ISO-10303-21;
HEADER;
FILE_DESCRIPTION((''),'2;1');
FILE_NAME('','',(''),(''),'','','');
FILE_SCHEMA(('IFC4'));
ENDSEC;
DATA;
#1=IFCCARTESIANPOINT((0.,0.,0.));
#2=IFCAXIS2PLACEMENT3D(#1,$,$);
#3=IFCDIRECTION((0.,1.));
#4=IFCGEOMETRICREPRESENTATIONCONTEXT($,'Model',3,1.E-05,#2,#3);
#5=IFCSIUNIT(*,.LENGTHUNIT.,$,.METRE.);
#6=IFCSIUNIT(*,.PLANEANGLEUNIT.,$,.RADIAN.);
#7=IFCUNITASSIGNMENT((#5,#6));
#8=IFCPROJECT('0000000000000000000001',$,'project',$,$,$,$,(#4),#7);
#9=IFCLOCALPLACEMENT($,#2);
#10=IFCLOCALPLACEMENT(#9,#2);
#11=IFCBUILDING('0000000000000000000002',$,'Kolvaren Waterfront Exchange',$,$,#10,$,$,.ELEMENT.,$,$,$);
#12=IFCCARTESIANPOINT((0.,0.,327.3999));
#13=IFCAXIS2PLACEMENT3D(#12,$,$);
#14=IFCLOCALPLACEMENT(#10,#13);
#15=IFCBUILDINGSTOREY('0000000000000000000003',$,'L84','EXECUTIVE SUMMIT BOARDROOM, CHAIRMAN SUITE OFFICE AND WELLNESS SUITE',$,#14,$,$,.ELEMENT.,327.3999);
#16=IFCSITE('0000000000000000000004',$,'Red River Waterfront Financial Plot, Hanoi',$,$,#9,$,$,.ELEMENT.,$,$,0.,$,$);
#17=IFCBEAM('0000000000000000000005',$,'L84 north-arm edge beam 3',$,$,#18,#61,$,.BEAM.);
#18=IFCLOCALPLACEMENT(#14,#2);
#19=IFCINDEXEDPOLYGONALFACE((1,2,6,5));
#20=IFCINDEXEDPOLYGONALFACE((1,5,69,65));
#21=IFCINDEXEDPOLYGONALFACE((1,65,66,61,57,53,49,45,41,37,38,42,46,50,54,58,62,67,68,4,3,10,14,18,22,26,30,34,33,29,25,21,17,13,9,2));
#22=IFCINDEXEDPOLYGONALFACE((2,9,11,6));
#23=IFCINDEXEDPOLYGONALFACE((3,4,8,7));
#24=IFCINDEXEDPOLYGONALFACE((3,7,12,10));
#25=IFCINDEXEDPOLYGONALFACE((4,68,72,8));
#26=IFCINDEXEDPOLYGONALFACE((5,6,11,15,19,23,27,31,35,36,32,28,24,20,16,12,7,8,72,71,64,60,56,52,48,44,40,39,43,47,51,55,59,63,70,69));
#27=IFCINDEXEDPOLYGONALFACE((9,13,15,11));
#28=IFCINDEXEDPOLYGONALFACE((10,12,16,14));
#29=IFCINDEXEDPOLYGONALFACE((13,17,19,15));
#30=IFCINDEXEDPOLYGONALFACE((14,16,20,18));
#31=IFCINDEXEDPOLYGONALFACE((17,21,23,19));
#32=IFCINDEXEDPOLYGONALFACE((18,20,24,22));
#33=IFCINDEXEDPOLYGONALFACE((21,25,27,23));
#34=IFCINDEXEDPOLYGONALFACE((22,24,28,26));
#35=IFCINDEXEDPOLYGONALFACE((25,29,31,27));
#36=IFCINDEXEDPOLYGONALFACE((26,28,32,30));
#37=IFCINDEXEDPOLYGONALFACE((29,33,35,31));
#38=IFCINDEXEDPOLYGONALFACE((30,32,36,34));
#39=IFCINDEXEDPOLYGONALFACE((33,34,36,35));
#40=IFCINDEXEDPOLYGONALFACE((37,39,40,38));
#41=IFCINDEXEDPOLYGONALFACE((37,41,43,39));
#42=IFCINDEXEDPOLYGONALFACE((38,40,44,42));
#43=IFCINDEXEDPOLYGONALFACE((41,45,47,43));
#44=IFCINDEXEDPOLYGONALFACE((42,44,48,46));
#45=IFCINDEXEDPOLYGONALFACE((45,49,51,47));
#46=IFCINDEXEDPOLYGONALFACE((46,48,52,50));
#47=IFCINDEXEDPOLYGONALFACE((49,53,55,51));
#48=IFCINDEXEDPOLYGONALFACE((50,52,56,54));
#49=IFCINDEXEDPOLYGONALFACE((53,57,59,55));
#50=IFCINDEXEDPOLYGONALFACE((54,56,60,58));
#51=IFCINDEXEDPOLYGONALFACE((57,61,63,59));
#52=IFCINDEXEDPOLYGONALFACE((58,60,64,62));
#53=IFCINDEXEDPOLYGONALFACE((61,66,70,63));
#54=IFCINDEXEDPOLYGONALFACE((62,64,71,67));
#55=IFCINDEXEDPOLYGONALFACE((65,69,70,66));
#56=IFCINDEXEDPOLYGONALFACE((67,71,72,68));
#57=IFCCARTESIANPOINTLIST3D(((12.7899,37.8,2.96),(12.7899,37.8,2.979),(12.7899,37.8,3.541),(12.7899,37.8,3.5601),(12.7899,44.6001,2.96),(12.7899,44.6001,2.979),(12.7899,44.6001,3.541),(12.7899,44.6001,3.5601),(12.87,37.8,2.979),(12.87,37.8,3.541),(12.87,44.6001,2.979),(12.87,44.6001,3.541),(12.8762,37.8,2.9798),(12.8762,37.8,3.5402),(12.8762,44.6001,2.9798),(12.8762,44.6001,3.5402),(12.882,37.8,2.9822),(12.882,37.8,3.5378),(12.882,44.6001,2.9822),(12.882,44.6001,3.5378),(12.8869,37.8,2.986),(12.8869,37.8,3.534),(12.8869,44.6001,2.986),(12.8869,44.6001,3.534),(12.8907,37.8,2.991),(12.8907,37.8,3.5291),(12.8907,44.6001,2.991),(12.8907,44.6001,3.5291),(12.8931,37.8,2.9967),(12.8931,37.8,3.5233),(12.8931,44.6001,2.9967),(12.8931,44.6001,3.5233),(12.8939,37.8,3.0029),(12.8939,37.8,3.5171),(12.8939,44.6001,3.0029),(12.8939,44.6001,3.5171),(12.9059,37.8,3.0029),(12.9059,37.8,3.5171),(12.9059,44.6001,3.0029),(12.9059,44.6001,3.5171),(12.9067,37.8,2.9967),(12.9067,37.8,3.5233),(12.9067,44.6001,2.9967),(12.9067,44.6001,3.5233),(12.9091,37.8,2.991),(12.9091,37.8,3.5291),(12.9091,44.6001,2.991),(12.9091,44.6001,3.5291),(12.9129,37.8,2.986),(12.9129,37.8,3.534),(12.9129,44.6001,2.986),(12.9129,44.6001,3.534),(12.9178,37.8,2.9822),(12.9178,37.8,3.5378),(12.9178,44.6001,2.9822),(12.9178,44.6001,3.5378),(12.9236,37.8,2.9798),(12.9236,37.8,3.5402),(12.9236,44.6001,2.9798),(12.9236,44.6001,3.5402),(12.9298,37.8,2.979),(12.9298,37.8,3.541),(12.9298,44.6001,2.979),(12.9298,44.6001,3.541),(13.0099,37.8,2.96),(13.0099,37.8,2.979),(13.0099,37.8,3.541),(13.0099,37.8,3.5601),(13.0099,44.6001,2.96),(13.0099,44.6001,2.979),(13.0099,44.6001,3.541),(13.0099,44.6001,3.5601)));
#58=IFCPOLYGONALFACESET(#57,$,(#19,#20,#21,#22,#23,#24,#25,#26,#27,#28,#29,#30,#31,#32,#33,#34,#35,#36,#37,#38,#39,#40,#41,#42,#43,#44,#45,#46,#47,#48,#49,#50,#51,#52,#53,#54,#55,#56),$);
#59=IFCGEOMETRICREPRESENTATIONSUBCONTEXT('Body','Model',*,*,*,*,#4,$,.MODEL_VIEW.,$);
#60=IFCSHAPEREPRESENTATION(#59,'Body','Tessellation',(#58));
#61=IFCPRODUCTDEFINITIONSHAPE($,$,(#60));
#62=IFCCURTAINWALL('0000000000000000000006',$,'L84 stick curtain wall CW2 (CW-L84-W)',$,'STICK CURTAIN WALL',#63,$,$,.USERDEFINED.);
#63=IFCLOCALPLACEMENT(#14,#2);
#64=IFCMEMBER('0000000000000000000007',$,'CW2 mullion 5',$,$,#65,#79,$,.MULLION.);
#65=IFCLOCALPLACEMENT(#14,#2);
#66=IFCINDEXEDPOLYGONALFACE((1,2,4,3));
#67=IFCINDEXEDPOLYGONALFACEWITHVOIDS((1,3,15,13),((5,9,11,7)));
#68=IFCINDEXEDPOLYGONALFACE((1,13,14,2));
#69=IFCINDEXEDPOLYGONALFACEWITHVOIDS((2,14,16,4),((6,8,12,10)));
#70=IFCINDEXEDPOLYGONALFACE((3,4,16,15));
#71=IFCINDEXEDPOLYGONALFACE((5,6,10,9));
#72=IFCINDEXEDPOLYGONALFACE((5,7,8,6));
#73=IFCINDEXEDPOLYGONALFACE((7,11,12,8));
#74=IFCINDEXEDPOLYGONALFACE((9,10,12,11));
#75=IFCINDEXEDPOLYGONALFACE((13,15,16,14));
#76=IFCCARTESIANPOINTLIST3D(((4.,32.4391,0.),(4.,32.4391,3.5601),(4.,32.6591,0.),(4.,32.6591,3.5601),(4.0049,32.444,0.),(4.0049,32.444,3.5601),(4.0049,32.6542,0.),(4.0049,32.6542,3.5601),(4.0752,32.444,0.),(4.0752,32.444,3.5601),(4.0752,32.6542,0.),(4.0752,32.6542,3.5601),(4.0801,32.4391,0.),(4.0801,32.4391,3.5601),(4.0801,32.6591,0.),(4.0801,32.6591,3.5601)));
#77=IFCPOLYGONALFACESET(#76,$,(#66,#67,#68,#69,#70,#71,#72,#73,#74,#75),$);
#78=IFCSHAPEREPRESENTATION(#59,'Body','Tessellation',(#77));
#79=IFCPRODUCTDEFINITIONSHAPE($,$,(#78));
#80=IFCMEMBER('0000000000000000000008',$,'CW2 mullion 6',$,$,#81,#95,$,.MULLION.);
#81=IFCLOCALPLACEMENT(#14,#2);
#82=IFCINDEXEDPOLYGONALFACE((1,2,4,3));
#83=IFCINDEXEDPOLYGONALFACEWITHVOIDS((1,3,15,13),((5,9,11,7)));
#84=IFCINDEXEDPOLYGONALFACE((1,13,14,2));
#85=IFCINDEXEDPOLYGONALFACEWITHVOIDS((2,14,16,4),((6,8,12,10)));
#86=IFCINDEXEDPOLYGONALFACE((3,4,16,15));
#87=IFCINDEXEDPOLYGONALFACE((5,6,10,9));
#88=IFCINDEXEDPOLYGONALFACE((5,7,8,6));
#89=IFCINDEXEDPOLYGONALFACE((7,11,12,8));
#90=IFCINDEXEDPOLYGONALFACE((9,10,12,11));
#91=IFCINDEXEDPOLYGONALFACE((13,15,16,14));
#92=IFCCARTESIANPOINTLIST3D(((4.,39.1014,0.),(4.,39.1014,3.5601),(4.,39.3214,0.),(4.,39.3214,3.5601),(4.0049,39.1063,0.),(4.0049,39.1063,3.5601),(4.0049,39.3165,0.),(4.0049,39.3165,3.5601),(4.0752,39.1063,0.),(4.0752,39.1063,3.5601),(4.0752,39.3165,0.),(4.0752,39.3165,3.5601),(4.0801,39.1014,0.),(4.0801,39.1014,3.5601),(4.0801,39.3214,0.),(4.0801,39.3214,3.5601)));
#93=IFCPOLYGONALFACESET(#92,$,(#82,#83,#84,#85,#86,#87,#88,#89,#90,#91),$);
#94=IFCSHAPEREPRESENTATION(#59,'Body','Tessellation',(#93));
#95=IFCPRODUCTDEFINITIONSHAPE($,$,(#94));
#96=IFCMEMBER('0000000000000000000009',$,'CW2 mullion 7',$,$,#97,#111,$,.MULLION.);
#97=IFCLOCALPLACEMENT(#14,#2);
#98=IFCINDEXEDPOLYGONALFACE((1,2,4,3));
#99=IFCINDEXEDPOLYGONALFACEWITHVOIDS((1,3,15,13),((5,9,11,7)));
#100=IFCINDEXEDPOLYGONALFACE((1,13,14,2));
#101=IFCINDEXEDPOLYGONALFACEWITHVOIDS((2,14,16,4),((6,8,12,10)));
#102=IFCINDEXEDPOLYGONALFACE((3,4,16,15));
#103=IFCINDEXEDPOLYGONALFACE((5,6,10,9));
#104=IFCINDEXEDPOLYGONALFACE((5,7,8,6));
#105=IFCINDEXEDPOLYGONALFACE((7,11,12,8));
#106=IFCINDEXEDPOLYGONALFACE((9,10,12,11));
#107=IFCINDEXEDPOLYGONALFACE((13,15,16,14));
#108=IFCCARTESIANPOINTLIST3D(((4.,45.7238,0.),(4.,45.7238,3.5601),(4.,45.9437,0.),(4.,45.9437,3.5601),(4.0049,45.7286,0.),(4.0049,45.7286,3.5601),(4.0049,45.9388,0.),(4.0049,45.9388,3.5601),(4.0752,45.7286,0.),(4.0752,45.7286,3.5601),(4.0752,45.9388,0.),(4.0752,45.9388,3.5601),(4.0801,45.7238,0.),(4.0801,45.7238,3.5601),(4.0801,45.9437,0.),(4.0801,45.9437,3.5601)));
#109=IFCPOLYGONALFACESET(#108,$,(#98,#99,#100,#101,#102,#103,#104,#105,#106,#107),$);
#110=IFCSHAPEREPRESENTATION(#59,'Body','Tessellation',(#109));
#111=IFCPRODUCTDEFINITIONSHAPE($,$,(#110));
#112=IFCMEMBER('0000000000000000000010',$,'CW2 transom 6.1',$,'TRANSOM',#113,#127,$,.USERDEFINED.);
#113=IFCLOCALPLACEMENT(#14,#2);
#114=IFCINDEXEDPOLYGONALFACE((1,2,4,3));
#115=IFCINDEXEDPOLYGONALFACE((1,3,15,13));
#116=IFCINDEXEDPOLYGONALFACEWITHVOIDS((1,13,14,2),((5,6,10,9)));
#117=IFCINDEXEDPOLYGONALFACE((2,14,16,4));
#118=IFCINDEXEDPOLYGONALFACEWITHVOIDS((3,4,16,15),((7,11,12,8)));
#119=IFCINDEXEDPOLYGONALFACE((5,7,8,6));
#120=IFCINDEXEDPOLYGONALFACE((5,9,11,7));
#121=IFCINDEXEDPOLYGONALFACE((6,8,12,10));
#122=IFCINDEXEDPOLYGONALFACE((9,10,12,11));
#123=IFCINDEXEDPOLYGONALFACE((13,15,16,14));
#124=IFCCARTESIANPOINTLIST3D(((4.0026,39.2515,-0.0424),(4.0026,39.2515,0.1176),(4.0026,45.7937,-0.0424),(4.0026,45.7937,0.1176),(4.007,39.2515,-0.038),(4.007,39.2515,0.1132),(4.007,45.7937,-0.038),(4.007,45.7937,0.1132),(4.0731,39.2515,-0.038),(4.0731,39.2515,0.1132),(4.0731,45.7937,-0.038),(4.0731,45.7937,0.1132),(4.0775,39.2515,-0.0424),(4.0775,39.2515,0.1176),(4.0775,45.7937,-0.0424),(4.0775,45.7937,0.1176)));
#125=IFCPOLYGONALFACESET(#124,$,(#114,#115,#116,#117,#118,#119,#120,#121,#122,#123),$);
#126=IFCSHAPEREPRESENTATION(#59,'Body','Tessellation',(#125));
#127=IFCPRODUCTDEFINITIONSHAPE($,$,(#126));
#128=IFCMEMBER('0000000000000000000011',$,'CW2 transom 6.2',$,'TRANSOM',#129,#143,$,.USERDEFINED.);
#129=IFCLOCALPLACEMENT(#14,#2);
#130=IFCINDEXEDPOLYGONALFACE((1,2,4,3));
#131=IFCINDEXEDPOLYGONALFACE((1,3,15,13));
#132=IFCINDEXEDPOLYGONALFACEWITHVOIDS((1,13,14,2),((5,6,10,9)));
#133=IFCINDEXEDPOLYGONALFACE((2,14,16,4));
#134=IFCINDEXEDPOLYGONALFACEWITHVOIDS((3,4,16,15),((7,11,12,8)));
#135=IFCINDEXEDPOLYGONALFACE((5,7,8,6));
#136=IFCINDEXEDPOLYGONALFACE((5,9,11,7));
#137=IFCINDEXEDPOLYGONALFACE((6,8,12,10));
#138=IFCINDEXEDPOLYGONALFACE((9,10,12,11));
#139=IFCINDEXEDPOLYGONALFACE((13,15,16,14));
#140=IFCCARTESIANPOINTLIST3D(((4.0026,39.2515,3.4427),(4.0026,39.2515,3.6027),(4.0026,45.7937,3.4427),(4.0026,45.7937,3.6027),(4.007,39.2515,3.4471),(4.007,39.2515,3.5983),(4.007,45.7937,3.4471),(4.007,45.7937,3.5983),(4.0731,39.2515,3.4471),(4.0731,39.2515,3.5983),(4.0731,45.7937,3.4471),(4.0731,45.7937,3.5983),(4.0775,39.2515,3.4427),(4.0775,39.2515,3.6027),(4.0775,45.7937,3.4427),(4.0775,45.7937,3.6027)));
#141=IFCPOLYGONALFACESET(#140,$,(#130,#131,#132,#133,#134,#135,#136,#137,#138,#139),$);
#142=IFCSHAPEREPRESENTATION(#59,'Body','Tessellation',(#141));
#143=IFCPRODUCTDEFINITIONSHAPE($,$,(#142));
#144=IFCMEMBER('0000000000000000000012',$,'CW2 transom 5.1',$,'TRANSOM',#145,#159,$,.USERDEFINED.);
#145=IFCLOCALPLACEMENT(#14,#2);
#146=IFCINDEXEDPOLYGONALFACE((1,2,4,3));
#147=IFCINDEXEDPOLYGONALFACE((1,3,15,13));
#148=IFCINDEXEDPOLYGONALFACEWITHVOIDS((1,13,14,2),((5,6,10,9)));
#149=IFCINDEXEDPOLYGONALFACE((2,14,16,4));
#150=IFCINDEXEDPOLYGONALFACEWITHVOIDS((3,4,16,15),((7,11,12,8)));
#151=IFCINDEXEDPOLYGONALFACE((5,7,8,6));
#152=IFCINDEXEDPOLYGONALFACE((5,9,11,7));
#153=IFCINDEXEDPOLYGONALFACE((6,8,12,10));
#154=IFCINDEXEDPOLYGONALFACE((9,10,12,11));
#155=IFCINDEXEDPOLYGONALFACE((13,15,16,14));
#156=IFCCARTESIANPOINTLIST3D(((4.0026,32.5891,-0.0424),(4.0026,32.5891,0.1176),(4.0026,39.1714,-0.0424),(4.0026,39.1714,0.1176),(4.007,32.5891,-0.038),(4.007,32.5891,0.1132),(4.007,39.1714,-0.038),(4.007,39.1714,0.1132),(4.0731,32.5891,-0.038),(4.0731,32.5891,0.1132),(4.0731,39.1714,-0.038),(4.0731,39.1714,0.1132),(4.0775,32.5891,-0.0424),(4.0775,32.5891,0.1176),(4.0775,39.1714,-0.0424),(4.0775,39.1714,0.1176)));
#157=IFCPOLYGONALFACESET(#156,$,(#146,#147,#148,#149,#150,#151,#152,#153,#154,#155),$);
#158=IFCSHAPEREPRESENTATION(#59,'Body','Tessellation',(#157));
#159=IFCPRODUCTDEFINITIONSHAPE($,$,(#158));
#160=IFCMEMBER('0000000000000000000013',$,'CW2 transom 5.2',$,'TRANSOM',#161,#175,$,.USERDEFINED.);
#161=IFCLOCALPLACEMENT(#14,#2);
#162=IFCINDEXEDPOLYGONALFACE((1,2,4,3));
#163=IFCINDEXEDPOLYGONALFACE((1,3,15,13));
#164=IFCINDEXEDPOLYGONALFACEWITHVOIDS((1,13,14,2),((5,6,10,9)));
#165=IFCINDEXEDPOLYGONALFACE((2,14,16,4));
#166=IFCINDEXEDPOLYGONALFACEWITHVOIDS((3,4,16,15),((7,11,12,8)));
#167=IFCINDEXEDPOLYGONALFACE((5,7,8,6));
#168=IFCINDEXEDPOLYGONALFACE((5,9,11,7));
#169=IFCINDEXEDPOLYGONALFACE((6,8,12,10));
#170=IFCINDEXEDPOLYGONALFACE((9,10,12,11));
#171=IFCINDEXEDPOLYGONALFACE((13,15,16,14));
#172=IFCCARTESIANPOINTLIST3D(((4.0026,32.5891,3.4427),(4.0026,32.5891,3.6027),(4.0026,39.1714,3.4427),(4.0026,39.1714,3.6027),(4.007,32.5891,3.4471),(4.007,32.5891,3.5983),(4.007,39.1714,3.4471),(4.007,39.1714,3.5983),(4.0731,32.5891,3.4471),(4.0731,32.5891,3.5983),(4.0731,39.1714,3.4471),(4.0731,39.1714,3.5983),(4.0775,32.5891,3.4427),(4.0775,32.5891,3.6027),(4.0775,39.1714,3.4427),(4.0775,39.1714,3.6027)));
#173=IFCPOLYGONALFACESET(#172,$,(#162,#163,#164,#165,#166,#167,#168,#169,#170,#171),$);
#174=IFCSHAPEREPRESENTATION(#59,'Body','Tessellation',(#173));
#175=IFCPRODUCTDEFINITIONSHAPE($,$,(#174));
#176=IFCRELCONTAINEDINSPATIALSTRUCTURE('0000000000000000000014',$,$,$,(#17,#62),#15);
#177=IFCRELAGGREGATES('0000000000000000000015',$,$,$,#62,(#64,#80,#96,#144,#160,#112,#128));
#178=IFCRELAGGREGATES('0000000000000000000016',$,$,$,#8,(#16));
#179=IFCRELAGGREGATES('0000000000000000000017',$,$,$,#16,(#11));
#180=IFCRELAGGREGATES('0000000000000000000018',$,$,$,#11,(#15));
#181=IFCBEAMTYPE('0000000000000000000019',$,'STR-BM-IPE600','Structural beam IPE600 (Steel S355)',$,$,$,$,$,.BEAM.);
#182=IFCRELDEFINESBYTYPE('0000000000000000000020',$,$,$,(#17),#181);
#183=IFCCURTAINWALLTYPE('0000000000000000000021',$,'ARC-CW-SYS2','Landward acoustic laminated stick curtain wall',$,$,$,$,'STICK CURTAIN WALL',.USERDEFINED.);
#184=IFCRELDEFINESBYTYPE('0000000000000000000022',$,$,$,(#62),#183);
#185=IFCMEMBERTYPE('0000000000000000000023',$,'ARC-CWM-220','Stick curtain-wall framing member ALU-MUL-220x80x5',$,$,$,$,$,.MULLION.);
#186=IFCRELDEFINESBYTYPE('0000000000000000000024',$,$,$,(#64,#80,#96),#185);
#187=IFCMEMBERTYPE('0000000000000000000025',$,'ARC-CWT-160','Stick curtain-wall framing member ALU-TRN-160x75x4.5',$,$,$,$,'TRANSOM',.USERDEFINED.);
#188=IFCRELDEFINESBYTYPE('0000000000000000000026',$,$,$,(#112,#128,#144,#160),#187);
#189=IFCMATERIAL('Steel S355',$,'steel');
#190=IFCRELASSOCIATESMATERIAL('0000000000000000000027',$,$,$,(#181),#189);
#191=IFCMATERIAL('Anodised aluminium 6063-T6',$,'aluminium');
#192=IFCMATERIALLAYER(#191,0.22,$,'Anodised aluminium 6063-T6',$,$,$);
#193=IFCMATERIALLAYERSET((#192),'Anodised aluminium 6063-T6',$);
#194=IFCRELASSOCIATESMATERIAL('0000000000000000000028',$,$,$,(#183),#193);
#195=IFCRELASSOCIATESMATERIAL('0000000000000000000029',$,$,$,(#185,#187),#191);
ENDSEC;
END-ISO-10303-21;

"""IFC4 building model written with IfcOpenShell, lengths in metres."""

from ifc_helpers import new_model, si_unit, direction, frame, origin, origin_with_axes, origin_2d, place, context, subcontext, project, spatial, hollow_rectangle, i_section, extrude, source, transform, mapped, material, layer, layer_set, material_profile, profile_set, type_object, element, aggregate, save


model = new_model("IFC4")

# Units and contexts
model_context = context("Model", 3, precision=1e-05, world=origin(), true_north=direction((0.0, 1.0)))
body_context = subcontext(model_context, "Body", "Model", "MODEL_VIEW")
ifc_project = project(units=[si_unit("LENGTHUNIT", "METRE"), si_unit("PLANEANGLEUNIT", "RADIAN")], contexts=[model_context])

# Site, building, storey
site_placement = place(None, origin())
site = spatial("IfcSite", under=ifc_project, at=site_placement, Name="Red River Waterfront Financial Plot, Hanoi", CompositionType="ELEMENT", RefElevation=0.0)
building_placement = place(site_placement, origin())
building = spatial("IfcBuilding", under=site, at=building_placement, Name="Kolvaren Waterfront Exchange", CompositionType="ELEMENT")
storey_placement = place(building_placement, frame((0.0, 0.0, 327.3999)))
storey = spatial("IfcBuildingStorey", under=building, at=storey_placement, Name="L84", Description="EXECUTIVE SUMMIT BOARDROOM, CHAIRMAN SUITE OFFICE AND WELLNESS SUITE", CompositionType="ELEMENT", Elevation=327.3999)

# Beam
ifc_material_1 = material(Name="Steel S355", Category="steel")
ifc_material_profile_1 = material_profile(ifc_material_1, i_section(OverallWidth=0.22, OverallDepth=0.6001, WebThickness=0.012, FlangeThickness=0.019, FilletRadius=0.0239, at=origin_2d()), Name="IPE600")
ifc_profile_set_1 = profile_set([ifc_material_profile_1], Name="Steel S355")
beam_type_1 = type_object("IfcBeamType", Name="STR-BM-IPE600", Description="Structural beam IPE600 (Steel S355)", PredefinedType="BEAM", material=ifc_profile_set_1)
beam_1_placement = place(storey_placement, frame((12.8999, 37.8, 3.26), z_axis=(0.0, 1.0, 0.0), x_axis=(-1.0, 0.0, 0.0)))
element("IfcBeam", 1, at=beam_1_placement, inside=storey, type_object=beam_type_1, Name="L84 north-arm edge beam 3", PredefinedType="BEAM", context=body_context, shape_type="SweptSolid", body=[
    extrude(i_section(OverallWidth=0.22, OverallDepth=0.6001, WebThickness=0.012, FlangeThickness=0.019, FilletRadius=0.0239, at=origin_2d()), origin(), (0.0, 0.0, 1.0), 6.8),
])

# Curtain wall, members
ifc_material_2 = material(Name="Anodised aluminium 6063-T6", Category="aluminium")
ifc_layer_1 = layer(ifc_material_2, 0.22, Name="Anodised aluminium 6063-T6")
ifc_layer_set_1 = layer_set([ifc_layer_1], Name="Anodised aluminium 6063-T6")
curtain_wall_type = type_object("IfcCurtainWallType", Name="ARC-CW-SYS2", Description="Landward acoustic laminated stick curtain wall", ElementType="STICK CURTAIN WALL", PredefinedType="USERDEFINED", material=ifc_layer_set_1)
curtain_wall_placement = place(storey_placement, origin())
curtain_wall = element("IfcCurtainWall", 2, at=curtain_wall_placement, inside=storey, type_object=curtain_wall_type, Name="L84 stick curtain wall CW2 (CW-L84-W)", ObjectType="STICK CURTAIN WALL", PredefinedType="USERDEFINED")
ifc_material_profile_2 = material_profile(ifc_material_2, hollow_rectangle(XDim=0.0801, YDim=0.22, WallThickness=0.0049, at=origin_2d()), Name="ALU-MUL-220x80x5")
ifc_profile_set_2 = profile_set([ifc_material_profile_2], Name="Anodised aluminium 6063-T6")
member_type_1 = type_object("IfcMemberType", Name="ARC-CWM-220", Description="Stick curtain-wall framing member ALU-MUL-220x80x5", PredefinedType="MULLION", material=ifc_profile_set_2)
shared_shape_1 = source(origin_with_axes(), body_context, "Body", "SweptSolid", [
    extrude(hollow_rectangle(XDim=0.0801, YDim=0.22, WallThickness=0.0049, at=origin_2d()), origin(), (0.0, 0.0, 1.0), 3.5601),
])
member_1_placement = place(storey_placement, frame((4.04, 32.5491, 0.0), z_axis=(0.0, 0.0, 1.0), x_axis=(-1.0, 0.0, 0.0)))
member_1 = element("IfcMember", 3, at=member_1_placement, type_object=member_type_1, Name="CW2 mullion 5", PredefinedType="MULLION", context=body_context, shape_type="MappedRepresentation", body=[
    mapped(shared_shape_1, transform((0.0, 0.0, 0.0), x_axis=(1.0, 0.0, 0.0), y_axis=(0.0, 1.0, 0.0), z_axis=(0.0, 0.0, 1.0), scale=1.0)),
])
member_2_placement = place(storey_placement, frame((4.04, 39.2114, 0.0), z_axis=(0.0, 0.0, 1.0), x_axis=(-1.0, 0.0, 0.0)))
member_2 = element("IfcMember", 4, at=member_2_placement, type_object=member_type_1, Name="CW2 mullion 6", PredefinedType="MULLION", context=body_context, shape_type="MappedRepresentation", body=[
    mapped(shared_shape_1, transform((0.0, 0.0, 0.0), x_axis=(1.0, 0.0, 0.0), y_axis=(0.0, 1.0, 0.0), z_axis=(0.0, 0.0, 1.0), scale=1.0)),
])
member_3_placement = place(storey_placement, frame((4.04, 45.8337, 0.0), z_axis=(0.0, 0.0, 1.0), x_axis=(-1.0, 0.0, 0.0)))
member_3 = element("IfcMember", 5, at=member_3_placement, type_object=member_type_1, Name="CW2 mullion 7", PredefinedType="MULLION", context=body_context, shape_type="MappedRepresentation", body=[
    mapped(shared_shape_1, transform((0.0, 0.0, 0.0), x_axis=(1.0, 0.0, 0.0), y_axis=(0.0, 1.0, 0.0), z_axis=(0.0, 0.0, 1.0), scale=1.0)),
])
ifc_material_profile_3 = material_profile(ifc_material_2, hollow_rectangle(XDim=0.075, YDim=0.1599, WallThickness=0.0044, at=origin_2d()), Name="ALU-TRN-160x75x4.5")
ifc_profile_set_3 = profile_set([ifc_material_profile_3], Name="Anodised aluminium 6063-T6")
member_type_2 = type_object("IfcMemberType", Name="ARC-CWT-160", Description="Stick curtain-wall framing member ALU-TRN-160x75x4.5", ElementType="TRANSOM", PredefinedType="USERDEFINED", material=ifc_profile_set_3)
shared_shape_2 = source(origin_with_axes(), body_context, "Body", "SweptSolid", [
    extrude(hollow_rectangle(XDim=0.075, YDim=0.1599, WallThickness=0.0044, at=origin_2d()), origin(), (0.0, 0.0, 1.0), 6.5422),
])
member_4_placement = place(storey_placement, frame((4.04, 39.2515, 0.0376), z_axis=(0.0, 1.0, 0.0), x_axis=(-1.0, 0.0, 0.0)))
member_4 = element("IfcMember", 6, at=member_4_placement, type_object=member_type_2, Name="CW2 transom 6.1", ObjectType="TRANSOM", PredefinedType="USERDEFINED", context=body_context, shape_type="MappedRepresentation", body=[
    mapped(shared_shape_2, transform((0.0, 0.0, 0.0), x_axis=(1.0, 0.0, 0.0), y_axis=(0.0, 1.0, 0.0), z_axis=(0.0, 0.0, 1.0), scale=1.0)),
])
member_5_placement = place(storey_placement, frame((4.04, 39.2515, 3.5227), z_axis=(0.0, 1.0, 0.0), x_axis=(-1.0, 0.0, 0.0)))
member_5 = element("IfcMember", 7, at=member_5_placement, type_object=member_type_2, Name="CW2 transom 6.2", ObjectType="TRANSOM", PredefinedType="USERDEFINED", context=body_context, shape_type="MappedRepresentation", body=[
    mapped(shared_shape_2, transform((0.0, 0.0, 0.0), x_axis=(1.0, 0.0, 0.0), y_axis=(0.0, 1.0, 0.0), z_axis=(0.0, 0.0, 1.0), scale=1.0)),
])
shared_shape_3 = source(origin_with_axes(), body_context, "Body", "SweptSolid", [
    extrude(hollow_rectangle(XDim=0.075, YDim=0.1599, WallThickness=0.0044, at=origin_2d()), origin(), (0.0, 0.0, 1.0), 6.5823),
])
member_6_placement = place(storey_placement, frame((4.04, 32.5891, 0.0376), z_axis=(0.0, 1.0, 0.0), x_axis=(-1.0, 0.0, 0.0)))
member_6 = element("IfcMember", 8, at=member_6_placement, type_object=member_type_2, Name="CW2 transom 5.1", ObjectType="TRANSOM", PredefinedType="USERDEFINED", context=body_context, shape_type="MappedRepresentation", body=[
    mapped(shared_shape_3, transform((0.0, 0.0, 0.0), x_axis=(1.0, 0.0, 0.0), y_axis=(0.0, 1.0, 0.0), z_axis=(0.0, 0.0, 1.0), scale=1.0)),
])
member_7_placement = place(storey_placement, frame((4.04, 32.5891, 3.5227), z_axis=(0.0, 1.0, 0.0), x_axis=(-1.0, 0.0, 0.0)))
member_7 = element("IfcMember", 9, at=member_7_placement, type_object=member_type_2, Name="CW2 transom 5.2", ObjectType="TRANSOM", PredefinedType="USERDEFINED", context=body_context, shape_type="MappedRepresentation", body=[
    mapped(shared_shape_3, transform((0.0, 0.0, 0.0), x_axis=(1.0, 0.0, 0.0), y_axis=(0.0, 1.0, 0.0), z_axis=(0.0, 0.0, 1.0), scale=1.0)),
])
aggregate(curtain_wall, [member_1, member_2, member_3, member_6, member_7, member_4, member_5])

save(model, "model.ifc")
